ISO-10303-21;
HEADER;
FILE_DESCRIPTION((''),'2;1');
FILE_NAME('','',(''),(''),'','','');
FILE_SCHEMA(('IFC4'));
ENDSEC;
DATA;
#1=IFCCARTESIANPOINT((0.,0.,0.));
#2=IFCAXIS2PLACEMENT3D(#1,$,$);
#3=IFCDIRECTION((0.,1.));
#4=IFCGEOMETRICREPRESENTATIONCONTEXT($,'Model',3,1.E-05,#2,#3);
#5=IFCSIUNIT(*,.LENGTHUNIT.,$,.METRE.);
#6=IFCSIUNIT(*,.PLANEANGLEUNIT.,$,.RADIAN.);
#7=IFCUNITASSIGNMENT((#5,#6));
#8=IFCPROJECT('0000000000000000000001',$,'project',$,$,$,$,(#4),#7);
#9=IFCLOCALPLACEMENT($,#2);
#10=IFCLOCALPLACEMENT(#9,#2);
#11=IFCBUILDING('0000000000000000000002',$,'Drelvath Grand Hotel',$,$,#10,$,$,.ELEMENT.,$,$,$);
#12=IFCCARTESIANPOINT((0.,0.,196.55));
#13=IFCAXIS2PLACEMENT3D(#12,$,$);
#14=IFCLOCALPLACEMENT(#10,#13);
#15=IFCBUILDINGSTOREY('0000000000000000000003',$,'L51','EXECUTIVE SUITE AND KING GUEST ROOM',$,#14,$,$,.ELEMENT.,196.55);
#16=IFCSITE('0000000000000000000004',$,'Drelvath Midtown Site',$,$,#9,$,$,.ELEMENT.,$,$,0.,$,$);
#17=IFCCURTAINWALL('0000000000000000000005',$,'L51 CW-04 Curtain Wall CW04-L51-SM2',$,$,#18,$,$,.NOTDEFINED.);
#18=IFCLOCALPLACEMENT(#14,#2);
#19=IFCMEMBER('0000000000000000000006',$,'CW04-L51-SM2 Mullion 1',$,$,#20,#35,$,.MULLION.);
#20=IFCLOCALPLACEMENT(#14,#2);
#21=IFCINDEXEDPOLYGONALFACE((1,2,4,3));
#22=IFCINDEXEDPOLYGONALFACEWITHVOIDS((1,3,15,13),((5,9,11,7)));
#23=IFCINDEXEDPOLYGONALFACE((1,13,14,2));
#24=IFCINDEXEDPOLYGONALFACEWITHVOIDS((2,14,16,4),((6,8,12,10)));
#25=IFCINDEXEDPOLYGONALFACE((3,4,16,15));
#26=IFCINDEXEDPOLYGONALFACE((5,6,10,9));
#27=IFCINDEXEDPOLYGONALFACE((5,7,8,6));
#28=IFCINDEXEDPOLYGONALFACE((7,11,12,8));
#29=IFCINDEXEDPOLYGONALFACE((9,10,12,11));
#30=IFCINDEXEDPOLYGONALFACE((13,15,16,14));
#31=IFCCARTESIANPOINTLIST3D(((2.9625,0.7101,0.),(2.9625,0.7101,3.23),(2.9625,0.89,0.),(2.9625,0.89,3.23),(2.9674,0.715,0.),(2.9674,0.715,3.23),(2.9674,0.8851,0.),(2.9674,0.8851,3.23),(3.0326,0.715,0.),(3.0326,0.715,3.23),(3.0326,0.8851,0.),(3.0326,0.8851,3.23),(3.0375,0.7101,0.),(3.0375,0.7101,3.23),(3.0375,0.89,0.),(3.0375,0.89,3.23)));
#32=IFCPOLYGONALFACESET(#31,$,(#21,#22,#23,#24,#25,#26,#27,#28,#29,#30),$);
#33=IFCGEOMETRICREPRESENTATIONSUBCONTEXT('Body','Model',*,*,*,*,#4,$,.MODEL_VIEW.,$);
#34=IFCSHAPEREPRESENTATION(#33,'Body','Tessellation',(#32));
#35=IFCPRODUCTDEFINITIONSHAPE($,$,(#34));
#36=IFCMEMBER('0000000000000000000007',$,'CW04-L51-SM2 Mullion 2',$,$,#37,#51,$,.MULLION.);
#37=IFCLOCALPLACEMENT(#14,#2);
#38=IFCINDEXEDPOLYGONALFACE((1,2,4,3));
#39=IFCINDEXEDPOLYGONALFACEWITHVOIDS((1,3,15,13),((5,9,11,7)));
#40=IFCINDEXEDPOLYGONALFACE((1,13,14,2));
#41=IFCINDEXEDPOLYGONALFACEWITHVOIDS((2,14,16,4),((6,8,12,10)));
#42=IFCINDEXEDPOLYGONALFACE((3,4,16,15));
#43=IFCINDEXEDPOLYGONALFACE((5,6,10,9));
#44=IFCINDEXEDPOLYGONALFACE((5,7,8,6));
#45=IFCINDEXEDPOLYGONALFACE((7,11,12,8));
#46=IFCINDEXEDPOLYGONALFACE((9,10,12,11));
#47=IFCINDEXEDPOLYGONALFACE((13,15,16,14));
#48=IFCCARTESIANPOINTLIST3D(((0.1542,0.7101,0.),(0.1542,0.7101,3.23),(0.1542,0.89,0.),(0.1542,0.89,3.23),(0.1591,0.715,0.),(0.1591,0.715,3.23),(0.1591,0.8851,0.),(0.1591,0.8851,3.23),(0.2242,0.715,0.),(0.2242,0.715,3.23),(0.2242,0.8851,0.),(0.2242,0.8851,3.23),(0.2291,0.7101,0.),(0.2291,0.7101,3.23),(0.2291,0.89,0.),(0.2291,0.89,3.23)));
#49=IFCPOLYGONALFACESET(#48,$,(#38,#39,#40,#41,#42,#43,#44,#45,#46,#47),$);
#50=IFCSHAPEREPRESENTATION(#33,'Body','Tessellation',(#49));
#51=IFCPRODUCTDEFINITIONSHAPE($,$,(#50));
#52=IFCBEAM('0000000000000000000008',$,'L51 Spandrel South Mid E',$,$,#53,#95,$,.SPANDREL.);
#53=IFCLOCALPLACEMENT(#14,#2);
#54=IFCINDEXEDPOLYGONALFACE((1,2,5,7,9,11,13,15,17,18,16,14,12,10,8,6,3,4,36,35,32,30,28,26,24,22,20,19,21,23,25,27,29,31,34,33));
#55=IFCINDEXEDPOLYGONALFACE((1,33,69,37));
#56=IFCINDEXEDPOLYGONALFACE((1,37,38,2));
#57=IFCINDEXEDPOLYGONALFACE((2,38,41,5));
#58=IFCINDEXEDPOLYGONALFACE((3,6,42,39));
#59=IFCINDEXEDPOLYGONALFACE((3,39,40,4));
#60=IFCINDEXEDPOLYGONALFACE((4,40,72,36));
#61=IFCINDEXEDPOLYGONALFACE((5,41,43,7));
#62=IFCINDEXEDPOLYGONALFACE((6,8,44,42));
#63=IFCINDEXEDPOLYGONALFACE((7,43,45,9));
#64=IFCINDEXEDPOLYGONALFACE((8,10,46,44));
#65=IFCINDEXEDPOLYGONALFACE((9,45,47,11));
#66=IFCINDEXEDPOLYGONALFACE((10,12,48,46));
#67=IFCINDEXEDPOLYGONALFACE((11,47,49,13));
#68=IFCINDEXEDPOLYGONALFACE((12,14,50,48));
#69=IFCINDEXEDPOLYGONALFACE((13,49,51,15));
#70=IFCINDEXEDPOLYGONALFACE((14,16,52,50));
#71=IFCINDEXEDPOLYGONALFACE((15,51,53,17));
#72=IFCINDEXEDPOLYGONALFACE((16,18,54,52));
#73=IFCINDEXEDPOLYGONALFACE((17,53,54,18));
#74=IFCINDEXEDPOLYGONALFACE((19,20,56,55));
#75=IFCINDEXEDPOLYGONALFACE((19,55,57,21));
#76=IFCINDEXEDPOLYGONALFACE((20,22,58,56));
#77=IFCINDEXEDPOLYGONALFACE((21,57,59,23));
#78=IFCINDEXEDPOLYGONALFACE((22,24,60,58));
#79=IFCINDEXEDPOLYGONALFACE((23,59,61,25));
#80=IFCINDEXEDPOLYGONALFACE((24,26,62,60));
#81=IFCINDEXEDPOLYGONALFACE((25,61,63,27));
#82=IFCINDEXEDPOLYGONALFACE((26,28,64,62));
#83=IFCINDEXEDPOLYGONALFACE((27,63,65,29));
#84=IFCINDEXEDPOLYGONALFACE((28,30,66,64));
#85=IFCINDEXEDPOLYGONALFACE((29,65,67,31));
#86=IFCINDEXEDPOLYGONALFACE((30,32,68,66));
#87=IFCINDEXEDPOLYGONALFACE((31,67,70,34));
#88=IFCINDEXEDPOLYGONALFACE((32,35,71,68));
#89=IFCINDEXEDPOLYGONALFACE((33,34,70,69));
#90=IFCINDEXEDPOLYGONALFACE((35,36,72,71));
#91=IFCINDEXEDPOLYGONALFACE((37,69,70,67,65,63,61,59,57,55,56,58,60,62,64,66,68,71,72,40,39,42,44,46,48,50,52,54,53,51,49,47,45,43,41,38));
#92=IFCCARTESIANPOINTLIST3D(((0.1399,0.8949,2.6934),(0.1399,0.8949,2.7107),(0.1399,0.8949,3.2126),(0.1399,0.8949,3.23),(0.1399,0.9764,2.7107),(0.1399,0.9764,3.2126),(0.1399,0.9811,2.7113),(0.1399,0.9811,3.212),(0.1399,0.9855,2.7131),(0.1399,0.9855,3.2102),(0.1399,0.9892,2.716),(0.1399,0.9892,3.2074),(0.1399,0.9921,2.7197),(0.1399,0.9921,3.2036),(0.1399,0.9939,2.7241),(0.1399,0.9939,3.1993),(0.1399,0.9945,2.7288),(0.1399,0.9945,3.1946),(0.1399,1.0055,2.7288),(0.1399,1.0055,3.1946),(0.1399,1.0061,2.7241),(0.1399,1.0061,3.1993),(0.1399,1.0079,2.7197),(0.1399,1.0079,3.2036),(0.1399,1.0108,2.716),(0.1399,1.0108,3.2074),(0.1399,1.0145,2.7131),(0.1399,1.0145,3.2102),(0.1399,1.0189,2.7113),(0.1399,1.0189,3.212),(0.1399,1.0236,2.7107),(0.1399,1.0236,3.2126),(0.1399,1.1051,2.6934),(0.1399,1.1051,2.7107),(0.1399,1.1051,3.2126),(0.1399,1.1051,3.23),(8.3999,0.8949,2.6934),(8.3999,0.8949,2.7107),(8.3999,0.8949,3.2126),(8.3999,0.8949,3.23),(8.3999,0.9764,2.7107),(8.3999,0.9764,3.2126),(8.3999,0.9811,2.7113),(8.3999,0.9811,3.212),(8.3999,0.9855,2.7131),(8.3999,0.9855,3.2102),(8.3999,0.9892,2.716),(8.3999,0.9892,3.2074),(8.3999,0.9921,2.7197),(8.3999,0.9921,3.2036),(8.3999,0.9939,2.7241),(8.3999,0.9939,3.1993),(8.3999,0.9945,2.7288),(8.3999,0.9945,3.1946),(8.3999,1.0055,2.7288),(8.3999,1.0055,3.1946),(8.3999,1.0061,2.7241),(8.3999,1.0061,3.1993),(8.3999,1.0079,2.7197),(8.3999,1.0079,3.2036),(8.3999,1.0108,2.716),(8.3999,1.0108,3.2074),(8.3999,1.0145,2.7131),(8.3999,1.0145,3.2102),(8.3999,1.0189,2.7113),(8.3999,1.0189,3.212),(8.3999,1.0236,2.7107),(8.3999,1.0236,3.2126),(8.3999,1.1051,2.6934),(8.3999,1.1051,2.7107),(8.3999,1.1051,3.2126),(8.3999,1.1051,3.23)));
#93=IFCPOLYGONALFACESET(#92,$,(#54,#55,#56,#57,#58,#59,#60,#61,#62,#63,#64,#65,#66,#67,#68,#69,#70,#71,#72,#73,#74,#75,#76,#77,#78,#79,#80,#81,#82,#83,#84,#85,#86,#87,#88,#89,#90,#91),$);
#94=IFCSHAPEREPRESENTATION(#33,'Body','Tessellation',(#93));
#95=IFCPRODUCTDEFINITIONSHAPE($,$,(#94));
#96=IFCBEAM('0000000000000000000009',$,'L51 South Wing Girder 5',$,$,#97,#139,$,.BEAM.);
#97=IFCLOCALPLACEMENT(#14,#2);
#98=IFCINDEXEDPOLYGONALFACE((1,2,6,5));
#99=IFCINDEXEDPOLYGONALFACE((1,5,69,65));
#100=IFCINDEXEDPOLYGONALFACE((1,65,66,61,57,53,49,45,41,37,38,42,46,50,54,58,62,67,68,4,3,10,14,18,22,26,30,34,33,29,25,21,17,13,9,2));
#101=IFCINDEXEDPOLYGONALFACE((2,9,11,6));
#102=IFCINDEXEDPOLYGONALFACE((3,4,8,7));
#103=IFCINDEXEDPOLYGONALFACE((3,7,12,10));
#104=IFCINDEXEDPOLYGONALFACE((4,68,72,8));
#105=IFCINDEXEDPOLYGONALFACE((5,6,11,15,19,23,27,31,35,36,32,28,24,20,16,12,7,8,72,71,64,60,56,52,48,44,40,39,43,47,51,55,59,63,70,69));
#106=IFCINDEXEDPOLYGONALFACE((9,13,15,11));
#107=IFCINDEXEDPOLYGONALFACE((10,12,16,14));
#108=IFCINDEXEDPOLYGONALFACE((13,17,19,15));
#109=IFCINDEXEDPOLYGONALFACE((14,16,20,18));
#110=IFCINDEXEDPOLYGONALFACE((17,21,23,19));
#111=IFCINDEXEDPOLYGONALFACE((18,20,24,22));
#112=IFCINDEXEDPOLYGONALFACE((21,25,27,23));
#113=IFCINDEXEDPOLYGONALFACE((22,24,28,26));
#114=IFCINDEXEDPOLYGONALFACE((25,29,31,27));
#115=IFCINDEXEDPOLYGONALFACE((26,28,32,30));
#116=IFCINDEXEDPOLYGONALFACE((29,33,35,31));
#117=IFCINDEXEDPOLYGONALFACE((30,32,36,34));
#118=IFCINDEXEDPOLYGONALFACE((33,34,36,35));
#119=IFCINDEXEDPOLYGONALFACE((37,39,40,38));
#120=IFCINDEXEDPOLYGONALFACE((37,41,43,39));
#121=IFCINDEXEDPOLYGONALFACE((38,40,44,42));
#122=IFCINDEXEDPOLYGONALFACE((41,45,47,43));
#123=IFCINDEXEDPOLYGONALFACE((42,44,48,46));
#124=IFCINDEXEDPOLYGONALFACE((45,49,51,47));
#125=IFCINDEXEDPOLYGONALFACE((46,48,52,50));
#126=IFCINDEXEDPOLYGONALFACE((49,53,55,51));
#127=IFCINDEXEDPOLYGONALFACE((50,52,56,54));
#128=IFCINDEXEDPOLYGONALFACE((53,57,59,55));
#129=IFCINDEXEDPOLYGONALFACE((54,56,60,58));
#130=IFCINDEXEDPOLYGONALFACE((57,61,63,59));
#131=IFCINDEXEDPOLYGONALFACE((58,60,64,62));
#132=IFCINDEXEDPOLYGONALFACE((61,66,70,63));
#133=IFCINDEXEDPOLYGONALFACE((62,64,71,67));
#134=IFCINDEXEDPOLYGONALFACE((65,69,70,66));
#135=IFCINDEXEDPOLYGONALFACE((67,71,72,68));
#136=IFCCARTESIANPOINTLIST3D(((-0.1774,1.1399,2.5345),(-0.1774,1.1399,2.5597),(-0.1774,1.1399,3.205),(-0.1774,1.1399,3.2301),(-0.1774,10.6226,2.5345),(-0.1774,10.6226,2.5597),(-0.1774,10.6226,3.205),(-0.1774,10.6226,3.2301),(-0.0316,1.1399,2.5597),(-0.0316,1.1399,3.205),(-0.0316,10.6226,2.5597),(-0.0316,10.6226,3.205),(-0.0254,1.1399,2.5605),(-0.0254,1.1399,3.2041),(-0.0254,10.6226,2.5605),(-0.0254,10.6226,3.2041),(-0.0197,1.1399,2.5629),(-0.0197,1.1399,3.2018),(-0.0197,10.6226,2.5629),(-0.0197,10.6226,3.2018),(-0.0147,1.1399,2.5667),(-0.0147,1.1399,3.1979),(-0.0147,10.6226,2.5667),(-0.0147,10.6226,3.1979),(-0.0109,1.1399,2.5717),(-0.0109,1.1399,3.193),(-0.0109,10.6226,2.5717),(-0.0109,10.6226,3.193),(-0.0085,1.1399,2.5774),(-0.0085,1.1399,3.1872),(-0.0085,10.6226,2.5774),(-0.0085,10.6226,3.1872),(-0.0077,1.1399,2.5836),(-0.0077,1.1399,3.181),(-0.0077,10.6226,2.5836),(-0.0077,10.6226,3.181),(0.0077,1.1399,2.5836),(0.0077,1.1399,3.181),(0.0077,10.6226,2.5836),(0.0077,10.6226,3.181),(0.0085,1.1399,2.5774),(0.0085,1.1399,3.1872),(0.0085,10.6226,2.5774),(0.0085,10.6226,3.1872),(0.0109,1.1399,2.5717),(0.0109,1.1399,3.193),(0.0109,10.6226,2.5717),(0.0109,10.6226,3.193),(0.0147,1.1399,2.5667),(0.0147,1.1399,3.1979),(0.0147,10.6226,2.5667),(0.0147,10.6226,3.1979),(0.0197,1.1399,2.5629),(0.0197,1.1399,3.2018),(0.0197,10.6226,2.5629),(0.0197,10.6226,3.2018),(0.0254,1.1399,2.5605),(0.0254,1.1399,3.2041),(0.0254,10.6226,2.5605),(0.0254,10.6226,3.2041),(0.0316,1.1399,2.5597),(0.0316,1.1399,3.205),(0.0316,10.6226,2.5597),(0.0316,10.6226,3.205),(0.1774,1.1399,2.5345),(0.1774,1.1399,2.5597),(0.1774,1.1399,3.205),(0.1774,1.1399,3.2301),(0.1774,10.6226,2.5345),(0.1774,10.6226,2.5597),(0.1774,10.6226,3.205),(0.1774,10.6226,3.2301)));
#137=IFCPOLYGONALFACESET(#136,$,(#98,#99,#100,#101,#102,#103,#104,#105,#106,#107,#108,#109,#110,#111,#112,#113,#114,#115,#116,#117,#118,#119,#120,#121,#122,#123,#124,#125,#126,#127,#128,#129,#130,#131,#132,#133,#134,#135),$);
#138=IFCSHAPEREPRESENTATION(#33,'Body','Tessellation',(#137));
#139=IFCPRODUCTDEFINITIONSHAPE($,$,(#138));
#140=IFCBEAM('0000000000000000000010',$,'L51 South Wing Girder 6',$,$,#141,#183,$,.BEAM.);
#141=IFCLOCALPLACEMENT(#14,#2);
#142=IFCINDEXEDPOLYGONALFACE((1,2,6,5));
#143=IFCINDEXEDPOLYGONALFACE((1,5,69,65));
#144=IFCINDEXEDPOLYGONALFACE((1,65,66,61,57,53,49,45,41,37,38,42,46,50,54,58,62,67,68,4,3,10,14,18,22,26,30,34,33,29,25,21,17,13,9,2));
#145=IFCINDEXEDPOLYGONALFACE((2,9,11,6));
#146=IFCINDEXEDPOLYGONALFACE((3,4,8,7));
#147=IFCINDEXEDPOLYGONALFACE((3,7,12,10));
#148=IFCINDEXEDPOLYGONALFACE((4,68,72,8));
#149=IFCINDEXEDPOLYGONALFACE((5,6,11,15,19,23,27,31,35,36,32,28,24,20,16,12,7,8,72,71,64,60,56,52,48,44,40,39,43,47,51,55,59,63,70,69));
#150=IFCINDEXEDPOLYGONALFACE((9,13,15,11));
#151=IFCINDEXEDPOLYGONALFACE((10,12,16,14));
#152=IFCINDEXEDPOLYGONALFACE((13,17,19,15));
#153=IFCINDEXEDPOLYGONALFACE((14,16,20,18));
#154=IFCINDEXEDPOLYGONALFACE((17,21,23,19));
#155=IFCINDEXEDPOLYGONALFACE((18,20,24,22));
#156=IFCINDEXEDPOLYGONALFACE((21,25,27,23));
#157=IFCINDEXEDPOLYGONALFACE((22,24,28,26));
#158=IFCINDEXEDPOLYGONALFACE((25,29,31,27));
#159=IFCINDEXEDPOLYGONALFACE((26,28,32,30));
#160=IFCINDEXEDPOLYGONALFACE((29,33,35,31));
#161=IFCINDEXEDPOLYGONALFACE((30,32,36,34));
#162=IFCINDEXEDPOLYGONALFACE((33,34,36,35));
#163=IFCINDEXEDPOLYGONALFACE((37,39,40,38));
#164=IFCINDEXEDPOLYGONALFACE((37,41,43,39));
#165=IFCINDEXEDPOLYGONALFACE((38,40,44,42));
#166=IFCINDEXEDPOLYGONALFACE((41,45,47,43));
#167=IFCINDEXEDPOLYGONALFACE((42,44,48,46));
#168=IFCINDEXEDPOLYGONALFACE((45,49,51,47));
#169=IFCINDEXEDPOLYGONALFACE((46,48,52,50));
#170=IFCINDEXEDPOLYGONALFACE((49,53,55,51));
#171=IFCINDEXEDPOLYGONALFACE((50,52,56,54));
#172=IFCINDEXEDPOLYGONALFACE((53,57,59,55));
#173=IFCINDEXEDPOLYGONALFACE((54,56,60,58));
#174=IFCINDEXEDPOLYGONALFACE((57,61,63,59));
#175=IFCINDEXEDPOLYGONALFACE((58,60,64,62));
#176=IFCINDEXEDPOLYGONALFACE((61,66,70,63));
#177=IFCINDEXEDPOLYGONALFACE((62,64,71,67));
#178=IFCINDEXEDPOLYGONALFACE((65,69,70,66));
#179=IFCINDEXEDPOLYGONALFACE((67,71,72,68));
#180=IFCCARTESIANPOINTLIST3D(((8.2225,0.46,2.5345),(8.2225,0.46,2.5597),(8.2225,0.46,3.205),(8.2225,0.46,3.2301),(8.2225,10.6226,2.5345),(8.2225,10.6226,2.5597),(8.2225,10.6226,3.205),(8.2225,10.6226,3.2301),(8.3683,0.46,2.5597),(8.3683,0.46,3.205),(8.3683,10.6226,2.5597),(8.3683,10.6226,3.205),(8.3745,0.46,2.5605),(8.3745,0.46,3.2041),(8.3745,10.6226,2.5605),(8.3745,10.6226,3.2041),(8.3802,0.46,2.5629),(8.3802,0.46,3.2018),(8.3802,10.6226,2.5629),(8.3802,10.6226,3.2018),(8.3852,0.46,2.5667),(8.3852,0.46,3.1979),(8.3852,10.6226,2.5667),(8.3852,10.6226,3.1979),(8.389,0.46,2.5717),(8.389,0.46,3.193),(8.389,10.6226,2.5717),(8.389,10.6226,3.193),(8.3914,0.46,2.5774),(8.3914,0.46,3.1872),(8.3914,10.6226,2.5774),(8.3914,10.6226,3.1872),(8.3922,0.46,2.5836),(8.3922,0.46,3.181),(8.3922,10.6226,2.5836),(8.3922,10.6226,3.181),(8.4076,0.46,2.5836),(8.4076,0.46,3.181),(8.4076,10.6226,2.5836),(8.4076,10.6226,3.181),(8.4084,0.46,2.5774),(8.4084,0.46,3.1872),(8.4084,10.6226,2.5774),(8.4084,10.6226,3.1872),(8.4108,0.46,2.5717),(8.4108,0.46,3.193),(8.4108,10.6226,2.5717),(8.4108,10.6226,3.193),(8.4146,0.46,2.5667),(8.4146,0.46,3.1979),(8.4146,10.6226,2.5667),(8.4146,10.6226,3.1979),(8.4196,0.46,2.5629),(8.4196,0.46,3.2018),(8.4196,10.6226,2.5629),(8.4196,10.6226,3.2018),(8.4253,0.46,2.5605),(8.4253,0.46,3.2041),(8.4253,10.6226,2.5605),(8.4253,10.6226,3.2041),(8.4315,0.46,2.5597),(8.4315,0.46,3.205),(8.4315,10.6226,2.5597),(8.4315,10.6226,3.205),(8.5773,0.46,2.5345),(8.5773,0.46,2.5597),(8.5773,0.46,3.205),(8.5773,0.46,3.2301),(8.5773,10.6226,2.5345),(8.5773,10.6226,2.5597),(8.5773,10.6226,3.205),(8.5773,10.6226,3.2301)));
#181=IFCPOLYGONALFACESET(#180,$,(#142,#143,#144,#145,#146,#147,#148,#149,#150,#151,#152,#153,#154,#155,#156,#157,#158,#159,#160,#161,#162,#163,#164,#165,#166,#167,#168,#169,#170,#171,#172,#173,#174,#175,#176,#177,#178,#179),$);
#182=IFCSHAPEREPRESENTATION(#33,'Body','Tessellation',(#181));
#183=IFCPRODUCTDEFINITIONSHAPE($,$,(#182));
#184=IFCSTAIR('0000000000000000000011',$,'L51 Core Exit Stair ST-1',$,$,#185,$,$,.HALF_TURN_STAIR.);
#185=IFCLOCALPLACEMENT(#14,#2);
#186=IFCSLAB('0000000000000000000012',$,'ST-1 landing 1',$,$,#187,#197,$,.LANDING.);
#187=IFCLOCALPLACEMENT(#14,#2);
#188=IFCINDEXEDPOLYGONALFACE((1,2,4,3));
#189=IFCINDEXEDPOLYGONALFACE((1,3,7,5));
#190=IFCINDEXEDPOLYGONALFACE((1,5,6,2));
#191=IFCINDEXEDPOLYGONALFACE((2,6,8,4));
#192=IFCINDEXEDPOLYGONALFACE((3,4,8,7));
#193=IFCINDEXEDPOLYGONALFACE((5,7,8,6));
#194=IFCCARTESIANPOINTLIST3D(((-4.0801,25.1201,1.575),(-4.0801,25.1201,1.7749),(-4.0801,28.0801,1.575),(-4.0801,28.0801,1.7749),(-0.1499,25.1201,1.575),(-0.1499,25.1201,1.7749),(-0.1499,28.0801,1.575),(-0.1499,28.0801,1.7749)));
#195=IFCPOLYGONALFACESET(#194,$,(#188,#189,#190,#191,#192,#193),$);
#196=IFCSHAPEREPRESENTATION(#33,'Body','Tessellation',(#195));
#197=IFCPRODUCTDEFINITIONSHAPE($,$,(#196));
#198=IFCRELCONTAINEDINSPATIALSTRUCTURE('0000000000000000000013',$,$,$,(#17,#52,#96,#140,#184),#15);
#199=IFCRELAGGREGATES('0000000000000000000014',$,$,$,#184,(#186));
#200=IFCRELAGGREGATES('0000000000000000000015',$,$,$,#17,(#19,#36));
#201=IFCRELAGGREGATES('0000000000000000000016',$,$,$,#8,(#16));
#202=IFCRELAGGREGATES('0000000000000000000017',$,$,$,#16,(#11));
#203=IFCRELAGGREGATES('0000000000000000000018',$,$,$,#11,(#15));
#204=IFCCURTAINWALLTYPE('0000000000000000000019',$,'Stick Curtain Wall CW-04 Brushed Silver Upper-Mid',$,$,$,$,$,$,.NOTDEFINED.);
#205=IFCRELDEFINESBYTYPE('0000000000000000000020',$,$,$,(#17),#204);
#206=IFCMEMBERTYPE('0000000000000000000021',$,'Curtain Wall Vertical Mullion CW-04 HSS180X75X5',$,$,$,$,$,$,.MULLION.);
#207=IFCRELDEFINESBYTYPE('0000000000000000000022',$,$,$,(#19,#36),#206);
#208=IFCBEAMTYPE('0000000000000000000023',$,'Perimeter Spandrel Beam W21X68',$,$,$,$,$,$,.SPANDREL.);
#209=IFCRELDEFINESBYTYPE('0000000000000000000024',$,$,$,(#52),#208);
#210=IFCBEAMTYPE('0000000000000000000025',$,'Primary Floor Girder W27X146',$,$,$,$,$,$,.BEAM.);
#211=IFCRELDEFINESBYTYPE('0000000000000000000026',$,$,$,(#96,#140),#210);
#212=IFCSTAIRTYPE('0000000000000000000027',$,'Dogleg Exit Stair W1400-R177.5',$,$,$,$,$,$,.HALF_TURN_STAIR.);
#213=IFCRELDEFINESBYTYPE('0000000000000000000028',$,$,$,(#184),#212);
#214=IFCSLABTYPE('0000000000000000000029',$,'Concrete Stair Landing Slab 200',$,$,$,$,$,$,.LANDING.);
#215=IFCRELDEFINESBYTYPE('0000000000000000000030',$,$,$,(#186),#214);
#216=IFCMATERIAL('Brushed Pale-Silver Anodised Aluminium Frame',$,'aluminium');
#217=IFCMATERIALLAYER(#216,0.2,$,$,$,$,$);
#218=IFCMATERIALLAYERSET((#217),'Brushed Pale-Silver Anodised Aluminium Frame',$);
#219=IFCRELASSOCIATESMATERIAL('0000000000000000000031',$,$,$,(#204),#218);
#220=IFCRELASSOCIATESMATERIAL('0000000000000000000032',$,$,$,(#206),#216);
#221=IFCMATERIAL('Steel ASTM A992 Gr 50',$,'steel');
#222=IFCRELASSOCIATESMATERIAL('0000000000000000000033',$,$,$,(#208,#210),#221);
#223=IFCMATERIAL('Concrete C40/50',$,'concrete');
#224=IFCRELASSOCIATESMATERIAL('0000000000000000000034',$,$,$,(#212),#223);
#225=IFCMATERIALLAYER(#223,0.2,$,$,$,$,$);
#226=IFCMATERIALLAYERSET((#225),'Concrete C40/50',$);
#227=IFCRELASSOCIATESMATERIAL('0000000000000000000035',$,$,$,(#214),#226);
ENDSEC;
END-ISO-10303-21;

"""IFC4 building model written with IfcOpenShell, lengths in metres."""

from ifc_helpers import new_model, si_unit, direction, frame, origin, origin_2d, place, context, subcontext, project, spatial, polyline, hollow_rectangle, i_section, outline, extrude, material, layer, layer_set, material_profile, profile_set, type_object, element, aggregate, save


model = new_model("IFC4")

# Units and contexts
model_context = context("Model", 3, precision=1e-05, world=origin(), true_north=direction((0.0, 1.0)))
body_context = subcontext(model_context, "Body", "Model", "MODEL_VIEW")
ifc_project = project(units=[si_unit("LENGTHUNIT", "METRE"), si_unit("PLANEANGLEUNIT", "RADIAN")], contexts=[model_context])

# Site, building, storey
site_placement = place(None, origin())
site = spatial("IfcSite", under=ifc_project, at=site_placement, Name="Drelvath Midtown Site", CompositionType="ELEMENT", RefElevation=0.0)
building_placement = place(site_placement, origin())
building = spatial("IfcBuilding", under=site, at=building_placement, Name="Drelvath Grand Hotel", CompositionType="ELEMENT")
storey_placement = place(building_placement, frame((0.0, 0.0, 196.55)))
storey = spatial("IfcBuildingStorey", under=building, at=storey_placement, Name="L51", Description="EXECUTIVE SUITE AND KING GUEST ROOM", CompositionType="ELEMENT", Elevation=196.55)

# Curtain wall
ifc_material_1 = material(Name="Brushed Pale-Silver Anodised Aluminium Frame", Category="aluminium")
ifc_layer_1 = layer(ifc_material_1, 0.2)
ifc_layer_set_1 = layer_set([ifc_layer_1], Name="Brushed Pale-Silver Anodised Aluminium Frame")
curtain_wall_type = type_object("IfcCurtainWallType", Name="Stick Curtain Wall CW-04 Brushed Silver Upper-Mid", PredefinedType="NOTDEFINED", material=ifc_layer_set_1)
curtain_wall_1_placement = place(storey_placement, origin())
curtain_wall_1 = element("IfcCurtainWall", 1, at=curtain_wall_1_placement, inside=storey, type_object=curtain_wall_type, Name="L51 CW-04 Curtain Wall CW04-L51-SM2", PredefinedType="NOTDEFINED")

# Members
ifc_material_profile_1 = material_profile(ifc_material_1, hollow_rectangle(XDim=0.075, YDim=0.1799, WallThickness=0.0049, at=origin_2d()), Name="HSS180X75X5")
ifc_profile_set_1 = profile_set([ifc_material_profile_1], Name="Brushed Pale-Silver Anodised Aluminium Frame")
member_type_1 = type_object("IfcMemberType", Name="Curtain Wall Vertical Mullion CW-04 HSS180X75X5", PredefinedType="MULLION", material=ifc_profile_set_1)
member_1_placement = place(storey_placement, frame((3.0, 0.8, 0.0), z_axis=(0.0, 0.0, 1.0), x_axis=(1.0, 0.0, 0.0)))
member_1 = element("IfcMember", 2, at=member_1_placement, type_object=member_type_1, Name="CW04-L51-SM2 Mullion 1", PredefinedType="MULLION", context=body_context, shape_type="SweptSolid", body=[
    extrude(hollow_rectangle(XDim=0.075, YDim=0.1799, WallThickness=0.0049, at=origin_2d()), origin(), (0.0, 0.0, 1.0), 3.23),
])
member_2_placement = place(storey_placement, frame((0.1917, 0.8, 0.0), z_axis=(0.0, 0.0, 1.0), x_axis=(1.0, 0.0, 0.0)))
member_2 = element("IfcMember", 3, at=member_2_placement, type_object=member_type_1, Name="CW04-L51-SM2 Mullion 2", PredefinedType="MULLION", context=body_context, shape_type="SweptSolid", body=[
    extrude(hollow_rectangle(XDim=0.075, YDim=0.1799, WallThickness=0.0049, at=origin_2d()), origin(), (0.0, 0.0, 1.0), 3.23),
])

# Beams
ifc_material_2 = material(Name="Steel ASTM A992 Gr 50", Category="steel")
ifc_material_profile_2 = material_profile(ifc_material_2, i_section(OverallWidth=0.2102, OverallDepth=0.5366, WebThickness=0.011, FlangeThickness=0.0173, FilletRadius=0.0181, at=origin_2d()), Name="W21X68")
ifc_profile_set_2 = profile_set([ifc_material_profile_2], Name="Steel ASTM A992 Gr 50")
beam_type_1 = type_object("IfcBeamType", Name="Perimeter Spandrel Beam W21X68", PredefinedType="SPANDREL", material=ifc_profile_set_2)
beam_1_placement = place(storey_placement, frame((0.1399, 1.0, 2.9617), z_axis=(1.0, 0.0, 0.0), x_axis=(0.0, 1.0, 0.0)))
element("IfcBeam", 4, at=beam_1_placement, inside=storey, type_object=beam_type_1, Name="L51 Spandrel South Mid E", PredefinedType="SPANDREL", context=body_context, shape_type="SweptSolid", body=[
    extrude(i_section(OverallWidth=0.2102, OverallDepth=0.5366, WebThickness=0.011, FlangeThickness=0.0173, FilletRadius=0.0181, at=origin_2d()), origin(), (0.0, 0.0, 1.0), 8.26),
])
ifc_material_profile_3 = material_profile(ifc_material_2, i_section(OverallWidth=0.3547, OverallDepth=0.6956, WebThickness=0.0154, FlangeThickness=0.0251, FilletRadius=0.0239, at=origin_2d()), Name="W27X146")
ifc_profile_set_3 = profile_set([ifc_material_profile_3], Name="Steel ASTM A992 Gr 50")
beam_type_2 = type_object("IfcBeamType", Name="Primary Floor Girder W27X146", PredefinedType="BEAM", material=ifc_profile_set_3)
beam_2_placement = place(storey_placement, frame((0.0, 1.1399, 2.8823), z_axis=(0.0, 1.0, 0.0), x_axis=(-1.0, 0.0, 0.0)))
element("IfcBeam", 5, at=beam_2_placement, inside=storey, type_object=beam_type_2, Name="L51 South Wing Girder 5", PredefinedType="BEAM", context=body_context, shape_type="SweptSolid", body=[
    extrude(i_section(OverallWidth=0.3547, OverallDepth=0.6956, WebThickness=0.0154, FlangeThickness=0.0251, FilletRadius=0.0239, at=origin_2d()), origin(), (0.0, 0.0, 1.0), 9.4827),
])
beam_3_placement = place(storey_placement, frame((8.3999, 0.46, 2.8823), z_axis=(0.0, 1.0, 0.0), x_axis=(-1.0, 0.0, 0.0)))
element("IfcBeam", 6, at=beam_3_placement, inside=storey, type_object=beam_type_2, Name="L51 South Wing Girder 6", PredefinedType="BEAM", context=body_context, shape_type="SweptSolid", body=[
    extrude(i_section(OverallWidth=0.3547, OverallDepth=0.6956, WebThickness=0.0154, FlangeThickness=0.0251, FilletRadius=0.0239, at=origin_2d()), origin(), (0.0, 0.0, 1.0), 10.1626),
])

# Stair, slab
ifc_material_3 = material(Name="Concrete C40/50", Category="concrete")
stair_type = type_object("IfcStairType", Name="Dogleg Exit Stair W1400-R177.5", PredefinedType="HALF_TURN_STAIR", material=ifc_material_3)
stair_1_placement = place(storey_placement, origin())
stair_1 = element("IfcStair", 7, at=stair_1_placement, inside=storey, type_object=stair_type, Name="L51 Core Exit Stair ST-1", PredefinedType="HALF_TURN_STAIR")
ifc_layer_2 = layer(ifc_material_3, 0.2)
ifc_layer_set_2 = layer_set([ifc_layer_2], Name="Concrete C40/50")
slab_type = type_object("IfcSlabType", Name="Concrete Stair Landing Slab 200", PredefinedType="LANDING", material=ifc_layer_set_2)
slab_1_placement = place(storey_placement, frame((0.0, 0.0, 1.575)))
slab_1 = element("IfcSlab", 8, at=slab_1_placement, type_object=slab_type, Name="ST-1 landing 1", PredefinedType="LANDING", context=body_context, shape_type="SweptSolid", body=[
    extrude(outline(polyline([(-4.0801, 25.1201), (-0.1499, 25.1201), (-0.1499, 28.0801), (-4.0801, 28.0801), (-4.0801, 25.1201)])), origin(), (0.0, 0.0, 1.0), 0.2),
])
aggregate(stair_1, [slab_1])

aggregate(curtain_wall_1, [member_1, member_2])

save(model, "model.ifc")
